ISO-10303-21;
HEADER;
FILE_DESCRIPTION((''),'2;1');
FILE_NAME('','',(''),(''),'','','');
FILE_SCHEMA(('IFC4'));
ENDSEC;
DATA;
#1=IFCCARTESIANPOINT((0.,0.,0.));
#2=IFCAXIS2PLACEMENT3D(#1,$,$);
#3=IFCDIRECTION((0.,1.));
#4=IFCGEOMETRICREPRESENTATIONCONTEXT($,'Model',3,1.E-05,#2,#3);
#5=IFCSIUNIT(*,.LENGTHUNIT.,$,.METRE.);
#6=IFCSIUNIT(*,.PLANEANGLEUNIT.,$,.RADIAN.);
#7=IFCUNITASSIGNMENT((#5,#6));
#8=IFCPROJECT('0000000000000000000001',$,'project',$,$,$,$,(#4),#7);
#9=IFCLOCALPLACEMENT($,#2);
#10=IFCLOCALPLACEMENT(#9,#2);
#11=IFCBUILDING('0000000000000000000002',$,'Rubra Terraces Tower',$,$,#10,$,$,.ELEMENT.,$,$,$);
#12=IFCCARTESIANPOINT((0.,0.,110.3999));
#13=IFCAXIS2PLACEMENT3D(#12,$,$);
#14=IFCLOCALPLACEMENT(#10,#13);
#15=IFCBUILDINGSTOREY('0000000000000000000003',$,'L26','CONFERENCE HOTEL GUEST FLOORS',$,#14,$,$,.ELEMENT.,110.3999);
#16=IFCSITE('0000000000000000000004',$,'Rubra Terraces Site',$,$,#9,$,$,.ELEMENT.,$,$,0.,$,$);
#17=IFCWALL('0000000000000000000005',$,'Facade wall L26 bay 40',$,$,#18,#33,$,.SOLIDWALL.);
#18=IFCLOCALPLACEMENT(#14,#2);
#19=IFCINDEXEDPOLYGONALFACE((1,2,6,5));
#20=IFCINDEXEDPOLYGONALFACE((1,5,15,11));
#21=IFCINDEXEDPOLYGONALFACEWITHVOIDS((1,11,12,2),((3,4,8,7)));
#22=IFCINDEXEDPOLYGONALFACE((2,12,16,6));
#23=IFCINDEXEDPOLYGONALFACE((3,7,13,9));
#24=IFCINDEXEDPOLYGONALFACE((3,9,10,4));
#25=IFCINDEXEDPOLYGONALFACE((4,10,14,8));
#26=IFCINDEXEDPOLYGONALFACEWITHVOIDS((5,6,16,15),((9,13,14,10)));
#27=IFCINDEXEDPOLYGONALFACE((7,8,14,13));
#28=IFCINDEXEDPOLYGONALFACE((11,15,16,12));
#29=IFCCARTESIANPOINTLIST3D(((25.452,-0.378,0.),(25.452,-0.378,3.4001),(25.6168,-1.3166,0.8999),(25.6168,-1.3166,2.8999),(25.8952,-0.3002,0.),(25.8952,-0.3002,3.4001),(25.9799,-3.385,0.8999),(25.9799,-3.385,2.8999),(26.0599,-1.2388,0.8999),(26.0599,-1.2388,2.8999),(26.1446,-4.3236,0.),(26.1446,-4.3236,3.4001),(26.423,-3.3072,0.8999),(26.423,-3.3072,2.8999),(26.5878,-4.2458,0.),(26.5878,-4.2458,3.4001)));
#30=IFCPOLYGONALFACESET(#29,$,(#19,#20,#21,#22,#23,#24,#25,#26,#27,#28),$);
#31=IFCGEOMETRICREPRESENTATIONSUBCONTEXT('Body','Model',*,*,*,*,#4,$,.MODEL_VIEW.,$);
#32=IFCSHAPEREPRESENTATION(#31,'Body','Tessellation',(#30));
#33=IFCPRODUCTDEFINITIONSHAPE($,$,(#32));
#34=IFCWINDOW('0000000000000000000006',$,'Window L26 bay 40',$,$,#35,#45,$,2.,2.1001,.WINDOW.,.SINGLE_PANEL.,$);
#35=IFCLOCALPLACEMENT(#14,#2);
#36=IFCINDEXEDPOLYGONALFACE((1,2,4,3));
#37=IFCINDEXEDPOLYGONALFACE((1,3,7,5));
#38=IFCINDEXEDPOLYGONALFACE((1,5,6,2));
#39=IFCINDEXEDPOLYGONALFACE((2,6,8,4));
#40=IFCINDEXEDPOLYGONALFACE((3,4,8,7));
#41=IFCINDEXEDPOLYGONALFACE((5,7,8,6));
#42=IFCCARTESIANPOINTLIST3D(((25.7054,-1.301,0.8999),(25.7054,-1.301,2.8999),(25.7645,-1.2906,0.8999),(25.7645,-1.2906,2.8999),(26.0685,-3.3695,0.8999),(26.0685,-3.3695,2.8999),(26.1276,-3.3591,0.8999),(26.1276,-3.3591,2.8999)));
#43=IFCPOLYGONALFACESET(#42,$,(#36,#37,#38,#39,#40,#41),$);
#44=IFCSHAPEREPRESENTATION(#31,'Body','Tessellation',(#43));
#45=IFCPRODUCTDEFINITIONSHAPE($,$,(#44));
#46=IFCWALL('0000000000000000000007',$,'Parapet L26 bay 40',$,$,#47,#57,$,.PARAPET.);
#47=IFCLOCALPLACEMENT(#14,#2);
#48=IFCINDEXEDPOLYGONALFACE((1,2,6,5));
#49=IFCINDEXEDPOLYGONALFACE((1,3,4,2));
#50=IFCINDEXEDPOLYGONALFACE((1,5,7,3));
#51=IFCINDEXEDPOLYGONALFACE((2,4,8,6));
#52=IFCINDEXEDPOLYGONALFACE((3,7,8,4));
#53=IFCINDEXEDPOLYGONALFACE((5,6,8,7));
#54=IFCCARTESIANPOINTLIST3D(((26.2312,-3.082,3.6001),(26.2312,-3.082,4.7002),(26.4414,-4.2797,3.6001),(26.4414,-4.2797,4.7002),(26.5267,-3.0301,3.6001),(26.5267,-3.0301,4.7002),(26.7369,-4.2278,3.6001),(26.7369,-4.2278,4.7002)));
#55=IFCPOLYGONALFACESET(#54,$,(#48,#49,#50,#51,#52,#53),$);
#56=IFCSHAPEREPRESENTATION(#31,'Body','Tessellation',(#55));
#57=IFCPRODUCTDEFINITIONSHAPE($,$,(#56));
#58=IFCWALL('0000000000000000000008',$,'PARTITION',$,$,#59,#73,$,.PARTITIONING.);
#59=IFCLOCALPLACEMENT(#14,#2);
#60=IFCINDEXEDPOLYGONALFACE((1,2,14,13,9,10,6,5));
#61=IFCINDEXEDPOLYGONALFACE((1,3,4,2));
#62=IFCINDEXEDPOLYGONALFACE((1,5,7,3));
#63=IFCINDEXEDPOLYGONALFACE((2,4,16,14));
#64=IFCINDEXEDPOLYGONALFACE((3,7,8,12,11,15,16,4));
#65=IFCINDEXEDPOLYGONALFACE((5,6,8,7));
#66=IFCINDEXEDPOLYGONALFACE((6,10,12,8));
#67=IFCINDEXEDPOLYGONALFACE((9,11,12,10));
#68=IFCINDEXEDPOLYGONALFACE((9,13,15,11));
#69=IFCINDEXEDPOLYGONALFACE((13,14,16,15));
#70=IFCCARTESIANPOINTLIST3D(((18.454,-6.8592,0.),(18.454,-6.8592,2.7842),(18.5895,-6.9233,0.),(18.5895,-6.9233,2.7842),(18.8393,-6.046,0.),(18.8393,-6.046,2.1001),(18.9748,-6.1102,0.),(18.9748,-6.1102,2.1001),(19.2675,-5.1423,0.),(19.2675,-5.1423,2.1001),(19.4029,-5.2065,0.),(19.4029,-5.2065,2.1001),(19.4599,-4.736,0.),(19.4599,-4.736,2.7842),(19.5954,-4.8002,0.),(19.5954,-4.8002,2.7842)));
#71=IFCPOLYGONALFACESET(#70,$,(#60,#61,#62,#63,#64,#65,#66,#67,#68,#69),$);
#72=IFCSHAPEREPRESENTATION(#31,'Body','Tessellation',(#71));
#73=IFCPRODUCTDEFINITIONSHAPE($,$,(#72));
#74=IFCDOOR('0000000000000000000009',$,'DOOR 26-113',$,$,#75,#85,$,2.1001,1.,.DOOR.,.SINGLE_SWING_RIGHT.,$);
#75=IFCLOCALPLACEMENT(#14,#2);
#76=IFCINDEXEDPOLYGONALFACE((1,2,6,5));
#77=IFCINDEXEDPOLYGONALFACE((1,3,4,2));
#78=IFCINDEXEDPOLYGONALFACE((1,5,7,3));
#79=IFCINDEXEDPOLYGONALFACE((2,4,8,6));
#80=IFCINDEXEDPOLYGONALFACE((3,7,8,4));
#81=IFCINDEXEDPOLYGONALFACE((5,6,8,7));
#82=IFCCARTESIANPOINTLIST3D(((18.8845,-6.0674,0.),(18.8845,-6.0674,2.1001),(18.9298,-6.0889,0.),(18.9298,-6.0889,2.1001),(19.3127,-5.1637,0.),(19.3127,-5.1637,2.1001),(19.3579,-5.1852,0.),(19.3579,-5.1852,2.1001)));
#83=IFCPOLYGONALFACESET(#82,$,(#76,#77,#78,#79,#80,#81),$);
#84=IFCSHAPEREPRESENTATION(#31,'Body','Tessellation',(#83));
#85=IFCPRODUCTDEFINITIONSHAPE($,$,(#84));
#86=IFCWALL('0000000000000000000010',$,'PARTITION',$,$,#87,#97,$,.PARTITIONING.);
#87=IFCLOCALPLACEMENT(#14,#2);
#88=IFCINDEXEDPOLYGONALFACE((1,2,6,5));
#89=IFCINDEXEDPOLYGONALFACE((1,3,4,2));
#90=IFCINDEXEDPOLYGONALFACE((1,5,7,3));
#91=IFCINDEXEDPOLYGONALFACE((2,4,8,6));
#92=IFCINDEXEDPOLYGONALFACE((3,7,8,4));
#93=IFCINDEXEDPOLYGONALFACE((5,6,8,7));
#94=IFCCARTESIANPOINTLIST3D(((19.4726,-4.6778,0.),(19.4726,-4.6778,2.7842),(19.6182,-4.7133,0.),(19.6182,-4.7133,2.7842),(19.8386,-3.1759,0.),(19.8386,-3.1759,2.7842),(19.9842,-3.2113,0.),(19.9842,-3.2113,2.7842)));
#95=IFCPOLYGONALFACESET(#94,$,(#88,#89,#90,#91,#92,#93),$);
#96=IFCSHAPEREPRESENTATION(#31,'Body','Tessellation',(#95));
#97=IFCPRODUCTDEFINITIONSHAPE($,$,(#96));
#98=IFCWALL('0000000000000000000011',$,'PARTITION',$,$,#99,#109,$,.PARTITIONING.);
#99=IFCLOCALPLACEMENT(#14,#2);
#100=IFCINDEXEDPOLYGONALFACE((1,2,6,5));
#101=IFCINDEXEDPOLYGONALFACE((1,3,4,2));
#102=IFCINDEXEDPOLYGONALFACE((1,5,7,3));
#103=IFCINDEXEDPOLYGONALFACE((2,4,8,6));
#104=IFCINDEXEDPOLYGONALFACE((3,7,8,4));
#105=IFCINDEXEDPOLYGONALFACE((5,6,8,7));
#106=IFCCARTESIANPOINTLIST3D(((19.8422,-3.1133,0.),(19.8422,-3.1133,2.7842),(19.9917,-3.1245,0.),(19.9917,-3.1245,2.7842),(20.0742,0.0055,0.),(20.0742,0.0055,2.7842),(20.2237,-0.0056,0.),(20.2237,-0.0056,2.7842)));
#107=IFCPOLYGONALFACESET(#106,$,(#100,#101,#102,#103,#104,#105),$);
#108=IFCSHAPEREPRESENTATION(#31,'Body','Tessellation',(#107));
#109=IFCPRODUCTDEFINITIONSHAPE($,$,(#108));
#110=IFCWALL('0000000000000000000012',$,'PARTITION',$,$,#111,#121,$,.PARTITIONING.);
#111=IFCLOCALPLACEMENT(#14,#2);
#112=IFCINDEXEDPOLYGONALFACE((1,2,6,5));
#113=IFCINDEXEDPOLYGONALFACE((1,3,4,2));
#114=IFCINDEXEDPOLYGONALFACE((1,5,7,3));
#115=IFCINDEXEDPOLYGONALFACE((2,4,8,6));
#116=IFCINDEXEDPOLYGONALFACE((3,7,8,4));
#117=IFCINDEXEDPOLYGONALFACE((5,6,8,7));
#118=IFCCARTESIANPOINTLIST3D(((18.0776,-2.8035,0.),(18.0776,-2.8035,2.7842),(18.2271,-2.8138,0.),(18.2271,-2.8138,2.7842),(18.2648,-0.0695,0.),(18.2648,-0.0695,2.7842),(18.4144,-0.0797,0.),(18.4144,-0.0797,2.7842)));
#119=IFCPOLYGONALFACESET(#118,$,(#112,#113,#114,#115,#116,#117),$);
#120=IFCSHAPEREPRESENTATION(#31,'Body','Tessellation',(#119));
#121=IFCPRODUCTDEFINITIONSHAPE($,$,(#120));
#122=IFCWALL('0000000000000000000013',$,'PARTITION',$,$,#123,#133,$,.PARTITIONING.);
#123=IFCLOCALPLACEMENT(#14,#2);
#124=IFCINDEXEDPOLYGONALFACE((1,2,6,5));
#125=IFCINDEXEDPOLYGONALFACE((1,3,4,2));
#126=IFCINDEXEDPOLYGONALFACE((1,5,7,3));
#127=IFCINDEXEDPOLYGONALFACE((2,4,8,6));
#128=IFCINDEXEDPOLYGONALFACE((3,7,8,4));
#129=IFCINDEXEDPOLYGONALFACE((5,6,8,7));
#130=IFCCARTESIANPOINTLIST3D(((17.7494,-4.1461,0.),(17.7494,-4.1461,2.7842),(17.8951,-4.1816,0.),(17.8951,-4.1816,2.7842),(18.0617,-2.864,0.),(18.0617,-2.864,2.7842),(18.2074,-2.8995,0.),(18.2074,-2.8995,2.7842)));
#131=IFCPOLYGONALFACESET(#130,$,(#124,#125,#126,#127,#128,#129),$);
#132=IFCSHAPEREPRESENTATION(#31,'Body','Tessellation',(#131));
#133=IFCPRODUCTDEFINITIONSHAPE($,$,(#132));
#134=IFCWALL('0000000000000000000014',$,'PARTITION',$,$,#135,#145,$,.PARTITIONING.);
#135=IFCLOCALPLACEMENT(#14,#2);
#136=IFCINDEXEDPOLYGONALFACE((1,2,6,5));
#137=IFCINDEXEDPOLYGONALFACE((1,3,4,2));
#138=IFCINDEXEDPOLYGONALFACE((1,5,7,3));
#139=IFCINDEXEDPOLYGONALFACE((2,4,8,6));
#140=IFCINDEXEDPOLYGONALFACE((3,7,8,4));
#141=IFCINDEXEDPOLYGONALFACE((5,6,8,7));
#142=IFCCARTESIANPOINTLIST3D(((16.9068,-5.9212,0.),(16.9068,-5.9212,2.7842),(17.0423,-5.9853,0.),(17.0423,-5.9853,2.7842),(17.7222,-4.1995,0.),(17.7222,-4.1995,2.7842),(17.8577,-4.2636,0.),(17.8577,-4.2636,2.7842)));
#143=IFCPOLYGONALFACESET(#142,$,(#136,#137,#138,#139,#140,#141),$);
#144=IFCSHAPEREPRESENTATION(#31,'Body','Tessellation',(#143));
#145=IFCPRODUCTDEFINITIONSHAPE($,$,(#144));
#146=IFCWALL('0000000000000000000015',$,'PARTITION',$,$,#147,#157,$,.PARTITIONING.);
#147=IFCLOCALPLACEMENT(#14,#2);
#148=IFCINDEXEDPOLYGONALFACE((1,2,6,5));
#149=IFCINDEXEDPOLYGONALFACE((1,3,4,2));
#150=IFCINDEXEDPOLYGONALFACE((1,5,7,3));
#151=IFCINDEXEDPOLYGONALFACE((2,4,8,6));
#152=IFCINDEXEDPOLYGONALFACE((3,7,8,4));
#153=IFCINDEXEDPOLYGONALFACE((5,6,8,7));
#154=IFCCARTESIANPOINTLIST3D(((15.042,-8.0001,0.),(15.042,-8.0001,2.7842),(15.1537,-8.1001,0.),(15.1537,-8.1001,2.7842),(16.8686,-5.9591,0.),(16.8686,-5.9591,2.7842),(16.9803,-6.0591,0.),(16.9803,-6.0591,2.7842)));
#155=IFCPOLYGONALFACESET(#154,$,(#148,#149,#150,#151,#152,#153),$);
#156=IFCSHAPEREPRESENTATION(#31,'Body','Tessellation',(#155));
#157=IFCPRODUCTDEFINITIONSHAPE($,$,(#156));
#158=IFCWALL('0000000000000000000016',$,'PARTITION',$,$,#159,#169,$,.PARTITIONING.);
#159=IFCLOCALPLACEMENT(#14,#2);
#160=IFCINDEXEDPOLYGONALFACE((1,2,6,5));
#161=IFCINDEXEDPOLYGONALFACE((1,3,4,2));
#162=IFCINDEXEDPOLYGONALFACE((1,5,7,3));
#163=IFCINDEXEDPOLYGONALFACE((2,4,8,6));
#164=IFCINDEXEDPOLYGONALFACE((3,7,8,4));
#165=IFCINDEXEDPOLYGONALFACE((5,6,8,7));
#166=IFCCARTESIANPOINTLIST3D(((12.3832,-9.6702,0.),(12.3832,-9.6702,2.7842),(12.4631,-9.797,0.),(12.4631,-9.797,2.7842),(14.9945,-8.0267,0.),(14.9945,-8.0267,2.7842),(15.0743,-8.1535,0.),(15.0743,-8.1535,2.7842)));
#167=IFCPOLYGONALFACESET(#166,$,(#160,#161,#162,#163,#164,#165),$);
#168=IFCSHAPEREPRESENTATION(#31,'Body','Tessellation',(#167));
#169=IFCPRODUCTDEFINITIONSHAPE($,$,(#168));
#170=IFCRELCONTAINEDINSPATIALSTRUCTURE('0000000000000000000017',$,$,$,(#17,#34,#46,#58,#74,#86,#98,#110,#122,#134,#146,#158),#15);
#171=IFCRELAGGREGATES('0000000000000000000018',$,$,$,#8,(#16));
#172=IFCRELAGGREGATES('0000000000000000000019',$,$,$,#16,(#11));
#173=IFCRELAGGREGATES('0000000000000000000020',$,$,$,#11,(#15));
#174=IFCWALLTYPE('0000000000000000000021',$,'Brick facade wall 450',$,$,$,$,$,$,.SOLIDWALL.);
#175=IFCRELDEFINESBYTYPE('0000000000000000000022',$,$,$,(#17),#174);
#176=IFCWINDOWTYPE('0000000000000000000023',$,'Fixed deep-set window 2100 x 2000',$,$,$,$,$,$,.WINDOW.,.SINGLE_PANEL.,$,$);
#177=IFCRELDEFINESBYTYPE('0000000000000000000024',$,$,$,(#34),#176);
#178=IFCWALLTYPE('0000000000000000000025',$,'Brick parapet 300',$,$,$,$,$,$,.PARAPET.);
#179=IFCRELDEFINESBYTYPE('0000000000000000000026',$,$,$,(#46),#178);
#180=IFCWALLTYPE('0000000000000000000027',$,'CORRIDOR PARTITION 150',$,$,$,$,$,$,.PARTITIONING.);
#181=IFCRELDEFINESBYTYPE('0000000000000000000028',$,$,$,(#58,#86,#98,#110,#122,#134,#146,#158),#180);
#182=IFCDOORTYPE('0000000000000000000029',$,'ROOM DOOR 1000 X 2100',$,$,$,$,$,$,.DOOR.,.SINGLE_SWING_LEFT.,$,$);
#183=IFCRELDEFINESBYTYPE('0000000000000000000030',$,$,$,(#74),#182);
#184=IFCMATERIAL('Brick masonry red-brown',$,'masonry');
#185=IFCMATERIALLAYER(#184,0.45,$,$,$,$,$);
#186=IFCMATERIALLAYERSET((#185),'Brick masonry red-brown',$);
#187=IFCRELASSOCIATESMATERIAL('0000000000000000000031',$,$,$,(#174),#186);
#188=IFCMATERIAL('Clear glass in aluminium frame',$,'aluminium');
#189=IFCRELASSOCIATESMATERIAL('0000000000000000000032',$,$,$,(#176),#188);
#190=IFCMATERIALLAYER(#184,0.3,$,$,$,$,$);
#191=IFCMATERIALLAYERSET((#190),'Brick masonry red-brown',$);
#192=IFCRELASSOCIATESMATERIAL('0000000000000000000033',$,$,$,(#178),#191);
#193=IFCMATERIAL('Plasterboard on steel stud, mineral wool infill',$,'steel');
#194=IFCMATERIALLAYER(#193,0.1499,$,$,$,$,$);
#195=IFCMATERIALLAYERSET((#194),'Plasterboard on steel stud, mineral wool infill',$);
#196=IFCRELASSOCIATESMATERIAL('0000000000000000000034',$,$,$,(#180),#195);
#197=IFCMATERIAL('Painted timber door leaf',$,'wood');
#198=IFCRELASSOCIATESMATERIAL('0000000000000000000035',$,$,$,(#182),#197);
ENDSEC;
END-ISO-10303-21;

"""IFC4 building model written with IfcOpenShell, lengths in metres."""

from ifc_helpers import new_model, si_unit, direction, frame, frame_2d, origin, place, context, subcontext, project, spatial, rectangle, extrude, material, layer, layer_set, type_object, element, fill, save


model = new_model("IFC4")

# Units and contexts
model_context = context("Model", 3, precision=1e-05, world=origin(), true_north=direction((0.0, 1.0)))
body_context = subcontext(model_context, "Body", "Model", "MODEL_VIEW")
ifc_project = project(units=[si_unit("LENGTHUNIT", "METRE"), si_unit("PLANEANGLEUNIT", "RADIAN")], contexts=[model_context])

# Site, building, storey
site_placement = place(None, origin())
site = spatial("IfcSite", under=ifc_project, at=site_placement, Name="Rubra Terraces Site", CompositionType="ELEMENT", RefElevation=0.0)
building_placement = place(site_placement, origin())
building = spatial("IfcBuilding", under=site, at=building_placement, Name="Rubra Terraces Tower", CompositionType="ELEMENT")
storey_placement = place(building_placement, frame((0.0, 0.0, 110.3999)))
storey = spatial("IfcBuildingStorey", under=building, at=storey_placement, Name="L26", Description="CONFERENCE HOTEL GUEST FLOORS", CompositionType="ELEMENT", Elevation=110.3999)

# Wall, opening, window
ifc_material_1 = material(Name="Brick masonry red-brown", Category="masonry")
ifc_layer_1 = layer(ifc_material_1, 0.45)
ifc_layer_set_1 = layer_set([ifc_layer_1], Name="Brick masonry red-brown")
wall_type_1 = type_object("IfcWallType", Name="Brick facade wall 450", PredefinedType="SOLIDWALL", material=ifc_layer_set_1)
ifc_material_2 = material(Name="Clear glass in aluminium frame", Category="aluminium")
window_type = type_object("IfcWindowType", Name="Fixed deep-set window 2100 x 2000", PartitioningType="SINGLE_PANEL", PredefinedType="WINDOW", material=ifc_material_2)
wall_1_placement = place(storey_placement, frame((26.3662, -4.2847, 0.0), z_axis=(0.0, 0.0, 1.0), x_axis=(-0.172902, 0.984939, 0.0)))
wall_1 = element("IfcWall", 1, at=wall_1_placement, inside=storey, type_object=wall_type_1, Name="Facade wall L26 bay 40", PredefinedType="SOLIDWALL", context=body_context, shape_type="SweptSolid", body=[
    extrude(rectangle(XDim=4.0059, YDim=0.45, at=frame_2d((2.0029, 0.0))), origin(), (0.0, 0.0, 1.0), 3.4001),
])
opening_1_placement = place(wall_1_placement, frame((0.9529, 0.0, 0.8999)))
opening_1 = element("IfcOpeningElement", 2, at=opening_1_placement, cuts=wall_1, PredefinedType="OPENING", context=body_context, shape_type="SweptSolid", body=[
    extrude(rectangle(XDim=2.1001, YDim=2.0, at=frame_2d((1.05, 1.0))), frame((0.0, 0.2349, 0.0), z_axis=(0.0, -1.0, 0.0), x_axis=(1.0, 0.0, 0.0)), (0.0, 0.0, 1.0), 0.47),
])
window_1_placement = place(opening_1_placement, origin())
window_1 = element("IfcWindow", 3, at=window_1_placement, inside=storey, type_object=window_type, Name="Window L26 bay 40", OverallHeight=2.0, OverallWidth=2.1001, PartitioningType="SINGLE_PANEL", PredefinedType="WINDOW", context=body_context, shape_type="SweptSolid", body=[
    extrude(rectangle(XDim=2.1001, YDim=2.0, at=frame_2d((1.05, 1.0))), frame((0.0, 0.135, 0.0), z_axis=(0.0, -1.0, 0.0), x_axis=(1.0, 0.0, 0.0)), (0.0, 0.0, 1.0), 0.0601),
])
fill(opening_1, window_1)

# Wall
ifc_layer_2 = layer(ifc_material_1, 0.3)
ifc_layer_set_2 = layer_set([ifc_layer_2], Name="Brick masonry red-brown")
wall_type_2 = type_object("IfcWallType", Name="Brick parapet 300", PredefinedType="PARAPET", material=ifc_layer_set_2)
wall_2_placement = place(storey_placement, frame((26.5891, -4.2537, 3.6001), z_axis=(0.0, 0.0, 1.0), x_axis=(-0.172858, 0.984947, 0.0)))
element("IfcWall", 4, at=wall_2_placement, inside=storey, type_object=wall_type_2, Name="Parapet L26 bay 40", PredefinedType="PARAPET", context=body_context, shape_type="SweptSolid", body=[
    extrude(rectangle(XDim=1.2161, YDim=0.3, at=frame_2d((0.6079, 0.0))), origin(), (0.0, 0.0, 1.0), 1.1001),
])

# Wall, opening, door
ifc_material_3 = material(Name="Plasterboard on steel stud, mineral wool infill", Category="steel")
ifc_layer_3 = layer(ifc_material_3, 0.1499)
ifc_layer_set_3 = layer_set([ifc_layer_3], Name="Plasterboard on steel stud, mineral wool infill")
wall_type_3 = type_object("IfcWallType", Name="CORRIDOR PARTITION 150", PredefinedType="PARTITIONING", material=ifc_layer_set_3)
wall_3_placement = place(storey_placement, frame((18.5217, -6.8914, 0.0), z_axis=(0.0, 0.0, 1.0), x_axis=(0.428158, 0.903704, 0.0)))
wall_3 = element("IfcWall", 5, at=wall_3_placement, inside=storey, type_object=wall_type_3, Name="PARTITION", PredefinedType="PARTITIONING", context=body_context, shape_type="SweptSolid", body=[
    extrude(rectangle(XDim=2.3494, YDim=0.1499, at=frame_2d((1.1748, 0.0))), origin(), (0.0, 0.0, 1.0), 2.7842),
])
opening_2_placement = place(wall_3_placement, frame((0.8999, 0.0, 0.0)))
opening_2 = element("IfcOpeningElement", 6, at=opening_2_placement, cuts=wall_3, PredefinedType="OPENING", context=body_context, shape_type="SweptSolid", body=[
    extrude(rectangle(XDim=1.0, YDim=2.1001, at=frame_2d((0.5, 1.05))), frame((0.0, 0.085, 0.0), z_axis=(0.0, -1.0, 0.0), x_axis=(1.0, 0.0, 0.0)), (0.0, 0.0, 1.0), 0.1699),
])
ifc_material_4 = material(Name="Painted timber door leaf", Category="wood")
door_type_1 = type_object("IfcDoorType", Name="ROOM DOOR 1000 X 2100", OperationType="SINGLE_SWING_LEFT", PredefinedType="DOOR", material=ifc_material_4)
door_1_placement = place(opening_2_placement, origin())
door_1 = element("IfcDoor", 7, at=door_1_placement, inside=storey, type_object=door_type_1, Name="DOOR 26-113", OperationType="SINGLE_SWING_RIGHT", OverallHeight=2.1001, OverallWidth=1.0, PredefinedType="DOOR", context=body_context, shape_type="SweptSolid", body=[
    extrude(rectangle(XDim=1.0, YDim=2.1001, at=frame_2d((0.5, 1.05))), frame((0.0, 0.0249, 0.0), z_axis=(0.0, -1.0, 0.0), x_axis=(1.0, 0.0, 0.0)), (0.0, 0.0, 1.0), 0.05),
])
fill(opening_2, door_1)

# Walls
wall_4_placement = place(storey_placement, frame((19.5454, -4.6956, 0.0), z_axis=(0.0, 0.0, 1.0), x_axis=(0.236734, 0.971574, 0.0)))
element("IfcWall", 8, at=wall_4_placement, inside=storey, type_object=wall_type_3, Name="PARTITION", PredefinedType="PARTITIONING", context=body_context, shape_type="SweptSolid", body=[
    extrude(rectangle(XDim=1.5459, YDim=0.1499, at=frame_2d((0.7729, 0.0))), origin(), (0.0, 0.0, 1.0), 2.7842),
])
wall_5_placement = place(storey_placement, frame((19.917, -3.1189, 0.0), z_axis=(0.0, 0.0, 1.0), x_axis=(0.074159, 0.997246, 0.0)))
element("IfcWall", 9, at=wall_5_placement, inside=storey, type_object=wall_type_3, Name="PARTITION", PredefinedType="PARTITIONING", context=body_context, shape_type="SweptSolid", body=[
    extrude(rectangle(XDim=3.1274, YDim=0.1499, at=frame_2d((1.5637, 0.0))), origin(), (0.0, 0.0, 1.0), 2.7842),
])
wall_6_placement = place(storey_placement, frame((18.3396, -0.0747, 0.0), z_axis=(0.0, 0.0, 1.0), x_axis=(-0.068328, -0.997663, 0.0)))
element("IfcWall", 10, at=wall_6_placement, inside=storey, type_object=wall_type_3, Name="PARTITION", PredefinedType="PARTITIONING", context=body_context, shape_type="SweptSolid", body=[
    extrude(rectangle(XDim=2.7405, YDim=0.1499, at=frame_2d((1.3701, 0.0))), origin(), (0.0, 0.0, 1.0), 2.7842),
])
wall_7_placement = place(storey_placement, frame((18.1345, -2.8818, 0.0), z_axis=(0.0, 0.0, 1.0), x_axis=(-0.236654, -0.971594, 0.0)))
element("IfcWall", 11, at=wall_7_placement, inside=storey, type_object=wall_type_3, Name="PARTITION", PredefinedType="PARTITIONING", context=body_context, shape_type="SweptSolid", body=[
    extrude(rectangle(XDim=1.3196, YDim=0.1499, at=frame_2d((0.6597, 0.0))), origin(), (0.0, 0.0, 1.0), 2.7842),
])
wall_8_placement = place(storey_placement, frame((17.79, -4.2314, 0.0), z_axis=(0.0, 0.0, 1.0), x_axis=(-0.428042, -0.903759, 0.0)))
element("IfcWall", 12, at=wall_8_placement, inside=storey, type_object=wall_type_3, Name="PARTITION", PredefinedType="PARTITIONING", context=body_context, shape_type="SweptSolid", body=[
    extrude(rectangle(XDim=1.905, YDim=0.1499, at=frame_2d((0.9526, 0.0))), origin(), (0.0, 0.0, 1.0), 2.7842),
])
wall_9_placement = place(storey_placement, frame((16.9246, -6.009, 0.0), z_axis=(0.0, 0.0, 1.0), x_axis=(-0.666894, -0.745153, 0.0)))
element("IfcWall", 13, at=wall_9_placement, inside=storey, type_object=wall_type_3, Name="PARTITION", PredefinedType="PARTITIONING", context=body_context, shape_type="SweptSolid", body=[
    extrude(rectangle(XDim=2.739, YDim=0.1499, at=frame_2d((1.3696, 0.0))), origin(), (0.0, 0.0, 1.0), 2.7842),
])
wall_10_placement = place(storey_placement, frame((15.0344, -8.0901, 0.0), z_axis=(0.0, 0.0, 1.0), x_axis=(-0.846323, -0.532671, 0.0)))
element("IfcWall", 14, at=wall_10_placement, inside=storey, type_object=wall_type_3, Name="PARTITION", PredefinedType="PARTITIONING", context=body_context, shape_type="SweptSolid", body=[
    extrude(rectangle(XDim=3.0854, YDim=0.1499, at=frame_2d((1.5427, 0.0))), origin(), (0.0, 0.0, 1.0), 2.7842),
])

save(model, "model.ifc")
